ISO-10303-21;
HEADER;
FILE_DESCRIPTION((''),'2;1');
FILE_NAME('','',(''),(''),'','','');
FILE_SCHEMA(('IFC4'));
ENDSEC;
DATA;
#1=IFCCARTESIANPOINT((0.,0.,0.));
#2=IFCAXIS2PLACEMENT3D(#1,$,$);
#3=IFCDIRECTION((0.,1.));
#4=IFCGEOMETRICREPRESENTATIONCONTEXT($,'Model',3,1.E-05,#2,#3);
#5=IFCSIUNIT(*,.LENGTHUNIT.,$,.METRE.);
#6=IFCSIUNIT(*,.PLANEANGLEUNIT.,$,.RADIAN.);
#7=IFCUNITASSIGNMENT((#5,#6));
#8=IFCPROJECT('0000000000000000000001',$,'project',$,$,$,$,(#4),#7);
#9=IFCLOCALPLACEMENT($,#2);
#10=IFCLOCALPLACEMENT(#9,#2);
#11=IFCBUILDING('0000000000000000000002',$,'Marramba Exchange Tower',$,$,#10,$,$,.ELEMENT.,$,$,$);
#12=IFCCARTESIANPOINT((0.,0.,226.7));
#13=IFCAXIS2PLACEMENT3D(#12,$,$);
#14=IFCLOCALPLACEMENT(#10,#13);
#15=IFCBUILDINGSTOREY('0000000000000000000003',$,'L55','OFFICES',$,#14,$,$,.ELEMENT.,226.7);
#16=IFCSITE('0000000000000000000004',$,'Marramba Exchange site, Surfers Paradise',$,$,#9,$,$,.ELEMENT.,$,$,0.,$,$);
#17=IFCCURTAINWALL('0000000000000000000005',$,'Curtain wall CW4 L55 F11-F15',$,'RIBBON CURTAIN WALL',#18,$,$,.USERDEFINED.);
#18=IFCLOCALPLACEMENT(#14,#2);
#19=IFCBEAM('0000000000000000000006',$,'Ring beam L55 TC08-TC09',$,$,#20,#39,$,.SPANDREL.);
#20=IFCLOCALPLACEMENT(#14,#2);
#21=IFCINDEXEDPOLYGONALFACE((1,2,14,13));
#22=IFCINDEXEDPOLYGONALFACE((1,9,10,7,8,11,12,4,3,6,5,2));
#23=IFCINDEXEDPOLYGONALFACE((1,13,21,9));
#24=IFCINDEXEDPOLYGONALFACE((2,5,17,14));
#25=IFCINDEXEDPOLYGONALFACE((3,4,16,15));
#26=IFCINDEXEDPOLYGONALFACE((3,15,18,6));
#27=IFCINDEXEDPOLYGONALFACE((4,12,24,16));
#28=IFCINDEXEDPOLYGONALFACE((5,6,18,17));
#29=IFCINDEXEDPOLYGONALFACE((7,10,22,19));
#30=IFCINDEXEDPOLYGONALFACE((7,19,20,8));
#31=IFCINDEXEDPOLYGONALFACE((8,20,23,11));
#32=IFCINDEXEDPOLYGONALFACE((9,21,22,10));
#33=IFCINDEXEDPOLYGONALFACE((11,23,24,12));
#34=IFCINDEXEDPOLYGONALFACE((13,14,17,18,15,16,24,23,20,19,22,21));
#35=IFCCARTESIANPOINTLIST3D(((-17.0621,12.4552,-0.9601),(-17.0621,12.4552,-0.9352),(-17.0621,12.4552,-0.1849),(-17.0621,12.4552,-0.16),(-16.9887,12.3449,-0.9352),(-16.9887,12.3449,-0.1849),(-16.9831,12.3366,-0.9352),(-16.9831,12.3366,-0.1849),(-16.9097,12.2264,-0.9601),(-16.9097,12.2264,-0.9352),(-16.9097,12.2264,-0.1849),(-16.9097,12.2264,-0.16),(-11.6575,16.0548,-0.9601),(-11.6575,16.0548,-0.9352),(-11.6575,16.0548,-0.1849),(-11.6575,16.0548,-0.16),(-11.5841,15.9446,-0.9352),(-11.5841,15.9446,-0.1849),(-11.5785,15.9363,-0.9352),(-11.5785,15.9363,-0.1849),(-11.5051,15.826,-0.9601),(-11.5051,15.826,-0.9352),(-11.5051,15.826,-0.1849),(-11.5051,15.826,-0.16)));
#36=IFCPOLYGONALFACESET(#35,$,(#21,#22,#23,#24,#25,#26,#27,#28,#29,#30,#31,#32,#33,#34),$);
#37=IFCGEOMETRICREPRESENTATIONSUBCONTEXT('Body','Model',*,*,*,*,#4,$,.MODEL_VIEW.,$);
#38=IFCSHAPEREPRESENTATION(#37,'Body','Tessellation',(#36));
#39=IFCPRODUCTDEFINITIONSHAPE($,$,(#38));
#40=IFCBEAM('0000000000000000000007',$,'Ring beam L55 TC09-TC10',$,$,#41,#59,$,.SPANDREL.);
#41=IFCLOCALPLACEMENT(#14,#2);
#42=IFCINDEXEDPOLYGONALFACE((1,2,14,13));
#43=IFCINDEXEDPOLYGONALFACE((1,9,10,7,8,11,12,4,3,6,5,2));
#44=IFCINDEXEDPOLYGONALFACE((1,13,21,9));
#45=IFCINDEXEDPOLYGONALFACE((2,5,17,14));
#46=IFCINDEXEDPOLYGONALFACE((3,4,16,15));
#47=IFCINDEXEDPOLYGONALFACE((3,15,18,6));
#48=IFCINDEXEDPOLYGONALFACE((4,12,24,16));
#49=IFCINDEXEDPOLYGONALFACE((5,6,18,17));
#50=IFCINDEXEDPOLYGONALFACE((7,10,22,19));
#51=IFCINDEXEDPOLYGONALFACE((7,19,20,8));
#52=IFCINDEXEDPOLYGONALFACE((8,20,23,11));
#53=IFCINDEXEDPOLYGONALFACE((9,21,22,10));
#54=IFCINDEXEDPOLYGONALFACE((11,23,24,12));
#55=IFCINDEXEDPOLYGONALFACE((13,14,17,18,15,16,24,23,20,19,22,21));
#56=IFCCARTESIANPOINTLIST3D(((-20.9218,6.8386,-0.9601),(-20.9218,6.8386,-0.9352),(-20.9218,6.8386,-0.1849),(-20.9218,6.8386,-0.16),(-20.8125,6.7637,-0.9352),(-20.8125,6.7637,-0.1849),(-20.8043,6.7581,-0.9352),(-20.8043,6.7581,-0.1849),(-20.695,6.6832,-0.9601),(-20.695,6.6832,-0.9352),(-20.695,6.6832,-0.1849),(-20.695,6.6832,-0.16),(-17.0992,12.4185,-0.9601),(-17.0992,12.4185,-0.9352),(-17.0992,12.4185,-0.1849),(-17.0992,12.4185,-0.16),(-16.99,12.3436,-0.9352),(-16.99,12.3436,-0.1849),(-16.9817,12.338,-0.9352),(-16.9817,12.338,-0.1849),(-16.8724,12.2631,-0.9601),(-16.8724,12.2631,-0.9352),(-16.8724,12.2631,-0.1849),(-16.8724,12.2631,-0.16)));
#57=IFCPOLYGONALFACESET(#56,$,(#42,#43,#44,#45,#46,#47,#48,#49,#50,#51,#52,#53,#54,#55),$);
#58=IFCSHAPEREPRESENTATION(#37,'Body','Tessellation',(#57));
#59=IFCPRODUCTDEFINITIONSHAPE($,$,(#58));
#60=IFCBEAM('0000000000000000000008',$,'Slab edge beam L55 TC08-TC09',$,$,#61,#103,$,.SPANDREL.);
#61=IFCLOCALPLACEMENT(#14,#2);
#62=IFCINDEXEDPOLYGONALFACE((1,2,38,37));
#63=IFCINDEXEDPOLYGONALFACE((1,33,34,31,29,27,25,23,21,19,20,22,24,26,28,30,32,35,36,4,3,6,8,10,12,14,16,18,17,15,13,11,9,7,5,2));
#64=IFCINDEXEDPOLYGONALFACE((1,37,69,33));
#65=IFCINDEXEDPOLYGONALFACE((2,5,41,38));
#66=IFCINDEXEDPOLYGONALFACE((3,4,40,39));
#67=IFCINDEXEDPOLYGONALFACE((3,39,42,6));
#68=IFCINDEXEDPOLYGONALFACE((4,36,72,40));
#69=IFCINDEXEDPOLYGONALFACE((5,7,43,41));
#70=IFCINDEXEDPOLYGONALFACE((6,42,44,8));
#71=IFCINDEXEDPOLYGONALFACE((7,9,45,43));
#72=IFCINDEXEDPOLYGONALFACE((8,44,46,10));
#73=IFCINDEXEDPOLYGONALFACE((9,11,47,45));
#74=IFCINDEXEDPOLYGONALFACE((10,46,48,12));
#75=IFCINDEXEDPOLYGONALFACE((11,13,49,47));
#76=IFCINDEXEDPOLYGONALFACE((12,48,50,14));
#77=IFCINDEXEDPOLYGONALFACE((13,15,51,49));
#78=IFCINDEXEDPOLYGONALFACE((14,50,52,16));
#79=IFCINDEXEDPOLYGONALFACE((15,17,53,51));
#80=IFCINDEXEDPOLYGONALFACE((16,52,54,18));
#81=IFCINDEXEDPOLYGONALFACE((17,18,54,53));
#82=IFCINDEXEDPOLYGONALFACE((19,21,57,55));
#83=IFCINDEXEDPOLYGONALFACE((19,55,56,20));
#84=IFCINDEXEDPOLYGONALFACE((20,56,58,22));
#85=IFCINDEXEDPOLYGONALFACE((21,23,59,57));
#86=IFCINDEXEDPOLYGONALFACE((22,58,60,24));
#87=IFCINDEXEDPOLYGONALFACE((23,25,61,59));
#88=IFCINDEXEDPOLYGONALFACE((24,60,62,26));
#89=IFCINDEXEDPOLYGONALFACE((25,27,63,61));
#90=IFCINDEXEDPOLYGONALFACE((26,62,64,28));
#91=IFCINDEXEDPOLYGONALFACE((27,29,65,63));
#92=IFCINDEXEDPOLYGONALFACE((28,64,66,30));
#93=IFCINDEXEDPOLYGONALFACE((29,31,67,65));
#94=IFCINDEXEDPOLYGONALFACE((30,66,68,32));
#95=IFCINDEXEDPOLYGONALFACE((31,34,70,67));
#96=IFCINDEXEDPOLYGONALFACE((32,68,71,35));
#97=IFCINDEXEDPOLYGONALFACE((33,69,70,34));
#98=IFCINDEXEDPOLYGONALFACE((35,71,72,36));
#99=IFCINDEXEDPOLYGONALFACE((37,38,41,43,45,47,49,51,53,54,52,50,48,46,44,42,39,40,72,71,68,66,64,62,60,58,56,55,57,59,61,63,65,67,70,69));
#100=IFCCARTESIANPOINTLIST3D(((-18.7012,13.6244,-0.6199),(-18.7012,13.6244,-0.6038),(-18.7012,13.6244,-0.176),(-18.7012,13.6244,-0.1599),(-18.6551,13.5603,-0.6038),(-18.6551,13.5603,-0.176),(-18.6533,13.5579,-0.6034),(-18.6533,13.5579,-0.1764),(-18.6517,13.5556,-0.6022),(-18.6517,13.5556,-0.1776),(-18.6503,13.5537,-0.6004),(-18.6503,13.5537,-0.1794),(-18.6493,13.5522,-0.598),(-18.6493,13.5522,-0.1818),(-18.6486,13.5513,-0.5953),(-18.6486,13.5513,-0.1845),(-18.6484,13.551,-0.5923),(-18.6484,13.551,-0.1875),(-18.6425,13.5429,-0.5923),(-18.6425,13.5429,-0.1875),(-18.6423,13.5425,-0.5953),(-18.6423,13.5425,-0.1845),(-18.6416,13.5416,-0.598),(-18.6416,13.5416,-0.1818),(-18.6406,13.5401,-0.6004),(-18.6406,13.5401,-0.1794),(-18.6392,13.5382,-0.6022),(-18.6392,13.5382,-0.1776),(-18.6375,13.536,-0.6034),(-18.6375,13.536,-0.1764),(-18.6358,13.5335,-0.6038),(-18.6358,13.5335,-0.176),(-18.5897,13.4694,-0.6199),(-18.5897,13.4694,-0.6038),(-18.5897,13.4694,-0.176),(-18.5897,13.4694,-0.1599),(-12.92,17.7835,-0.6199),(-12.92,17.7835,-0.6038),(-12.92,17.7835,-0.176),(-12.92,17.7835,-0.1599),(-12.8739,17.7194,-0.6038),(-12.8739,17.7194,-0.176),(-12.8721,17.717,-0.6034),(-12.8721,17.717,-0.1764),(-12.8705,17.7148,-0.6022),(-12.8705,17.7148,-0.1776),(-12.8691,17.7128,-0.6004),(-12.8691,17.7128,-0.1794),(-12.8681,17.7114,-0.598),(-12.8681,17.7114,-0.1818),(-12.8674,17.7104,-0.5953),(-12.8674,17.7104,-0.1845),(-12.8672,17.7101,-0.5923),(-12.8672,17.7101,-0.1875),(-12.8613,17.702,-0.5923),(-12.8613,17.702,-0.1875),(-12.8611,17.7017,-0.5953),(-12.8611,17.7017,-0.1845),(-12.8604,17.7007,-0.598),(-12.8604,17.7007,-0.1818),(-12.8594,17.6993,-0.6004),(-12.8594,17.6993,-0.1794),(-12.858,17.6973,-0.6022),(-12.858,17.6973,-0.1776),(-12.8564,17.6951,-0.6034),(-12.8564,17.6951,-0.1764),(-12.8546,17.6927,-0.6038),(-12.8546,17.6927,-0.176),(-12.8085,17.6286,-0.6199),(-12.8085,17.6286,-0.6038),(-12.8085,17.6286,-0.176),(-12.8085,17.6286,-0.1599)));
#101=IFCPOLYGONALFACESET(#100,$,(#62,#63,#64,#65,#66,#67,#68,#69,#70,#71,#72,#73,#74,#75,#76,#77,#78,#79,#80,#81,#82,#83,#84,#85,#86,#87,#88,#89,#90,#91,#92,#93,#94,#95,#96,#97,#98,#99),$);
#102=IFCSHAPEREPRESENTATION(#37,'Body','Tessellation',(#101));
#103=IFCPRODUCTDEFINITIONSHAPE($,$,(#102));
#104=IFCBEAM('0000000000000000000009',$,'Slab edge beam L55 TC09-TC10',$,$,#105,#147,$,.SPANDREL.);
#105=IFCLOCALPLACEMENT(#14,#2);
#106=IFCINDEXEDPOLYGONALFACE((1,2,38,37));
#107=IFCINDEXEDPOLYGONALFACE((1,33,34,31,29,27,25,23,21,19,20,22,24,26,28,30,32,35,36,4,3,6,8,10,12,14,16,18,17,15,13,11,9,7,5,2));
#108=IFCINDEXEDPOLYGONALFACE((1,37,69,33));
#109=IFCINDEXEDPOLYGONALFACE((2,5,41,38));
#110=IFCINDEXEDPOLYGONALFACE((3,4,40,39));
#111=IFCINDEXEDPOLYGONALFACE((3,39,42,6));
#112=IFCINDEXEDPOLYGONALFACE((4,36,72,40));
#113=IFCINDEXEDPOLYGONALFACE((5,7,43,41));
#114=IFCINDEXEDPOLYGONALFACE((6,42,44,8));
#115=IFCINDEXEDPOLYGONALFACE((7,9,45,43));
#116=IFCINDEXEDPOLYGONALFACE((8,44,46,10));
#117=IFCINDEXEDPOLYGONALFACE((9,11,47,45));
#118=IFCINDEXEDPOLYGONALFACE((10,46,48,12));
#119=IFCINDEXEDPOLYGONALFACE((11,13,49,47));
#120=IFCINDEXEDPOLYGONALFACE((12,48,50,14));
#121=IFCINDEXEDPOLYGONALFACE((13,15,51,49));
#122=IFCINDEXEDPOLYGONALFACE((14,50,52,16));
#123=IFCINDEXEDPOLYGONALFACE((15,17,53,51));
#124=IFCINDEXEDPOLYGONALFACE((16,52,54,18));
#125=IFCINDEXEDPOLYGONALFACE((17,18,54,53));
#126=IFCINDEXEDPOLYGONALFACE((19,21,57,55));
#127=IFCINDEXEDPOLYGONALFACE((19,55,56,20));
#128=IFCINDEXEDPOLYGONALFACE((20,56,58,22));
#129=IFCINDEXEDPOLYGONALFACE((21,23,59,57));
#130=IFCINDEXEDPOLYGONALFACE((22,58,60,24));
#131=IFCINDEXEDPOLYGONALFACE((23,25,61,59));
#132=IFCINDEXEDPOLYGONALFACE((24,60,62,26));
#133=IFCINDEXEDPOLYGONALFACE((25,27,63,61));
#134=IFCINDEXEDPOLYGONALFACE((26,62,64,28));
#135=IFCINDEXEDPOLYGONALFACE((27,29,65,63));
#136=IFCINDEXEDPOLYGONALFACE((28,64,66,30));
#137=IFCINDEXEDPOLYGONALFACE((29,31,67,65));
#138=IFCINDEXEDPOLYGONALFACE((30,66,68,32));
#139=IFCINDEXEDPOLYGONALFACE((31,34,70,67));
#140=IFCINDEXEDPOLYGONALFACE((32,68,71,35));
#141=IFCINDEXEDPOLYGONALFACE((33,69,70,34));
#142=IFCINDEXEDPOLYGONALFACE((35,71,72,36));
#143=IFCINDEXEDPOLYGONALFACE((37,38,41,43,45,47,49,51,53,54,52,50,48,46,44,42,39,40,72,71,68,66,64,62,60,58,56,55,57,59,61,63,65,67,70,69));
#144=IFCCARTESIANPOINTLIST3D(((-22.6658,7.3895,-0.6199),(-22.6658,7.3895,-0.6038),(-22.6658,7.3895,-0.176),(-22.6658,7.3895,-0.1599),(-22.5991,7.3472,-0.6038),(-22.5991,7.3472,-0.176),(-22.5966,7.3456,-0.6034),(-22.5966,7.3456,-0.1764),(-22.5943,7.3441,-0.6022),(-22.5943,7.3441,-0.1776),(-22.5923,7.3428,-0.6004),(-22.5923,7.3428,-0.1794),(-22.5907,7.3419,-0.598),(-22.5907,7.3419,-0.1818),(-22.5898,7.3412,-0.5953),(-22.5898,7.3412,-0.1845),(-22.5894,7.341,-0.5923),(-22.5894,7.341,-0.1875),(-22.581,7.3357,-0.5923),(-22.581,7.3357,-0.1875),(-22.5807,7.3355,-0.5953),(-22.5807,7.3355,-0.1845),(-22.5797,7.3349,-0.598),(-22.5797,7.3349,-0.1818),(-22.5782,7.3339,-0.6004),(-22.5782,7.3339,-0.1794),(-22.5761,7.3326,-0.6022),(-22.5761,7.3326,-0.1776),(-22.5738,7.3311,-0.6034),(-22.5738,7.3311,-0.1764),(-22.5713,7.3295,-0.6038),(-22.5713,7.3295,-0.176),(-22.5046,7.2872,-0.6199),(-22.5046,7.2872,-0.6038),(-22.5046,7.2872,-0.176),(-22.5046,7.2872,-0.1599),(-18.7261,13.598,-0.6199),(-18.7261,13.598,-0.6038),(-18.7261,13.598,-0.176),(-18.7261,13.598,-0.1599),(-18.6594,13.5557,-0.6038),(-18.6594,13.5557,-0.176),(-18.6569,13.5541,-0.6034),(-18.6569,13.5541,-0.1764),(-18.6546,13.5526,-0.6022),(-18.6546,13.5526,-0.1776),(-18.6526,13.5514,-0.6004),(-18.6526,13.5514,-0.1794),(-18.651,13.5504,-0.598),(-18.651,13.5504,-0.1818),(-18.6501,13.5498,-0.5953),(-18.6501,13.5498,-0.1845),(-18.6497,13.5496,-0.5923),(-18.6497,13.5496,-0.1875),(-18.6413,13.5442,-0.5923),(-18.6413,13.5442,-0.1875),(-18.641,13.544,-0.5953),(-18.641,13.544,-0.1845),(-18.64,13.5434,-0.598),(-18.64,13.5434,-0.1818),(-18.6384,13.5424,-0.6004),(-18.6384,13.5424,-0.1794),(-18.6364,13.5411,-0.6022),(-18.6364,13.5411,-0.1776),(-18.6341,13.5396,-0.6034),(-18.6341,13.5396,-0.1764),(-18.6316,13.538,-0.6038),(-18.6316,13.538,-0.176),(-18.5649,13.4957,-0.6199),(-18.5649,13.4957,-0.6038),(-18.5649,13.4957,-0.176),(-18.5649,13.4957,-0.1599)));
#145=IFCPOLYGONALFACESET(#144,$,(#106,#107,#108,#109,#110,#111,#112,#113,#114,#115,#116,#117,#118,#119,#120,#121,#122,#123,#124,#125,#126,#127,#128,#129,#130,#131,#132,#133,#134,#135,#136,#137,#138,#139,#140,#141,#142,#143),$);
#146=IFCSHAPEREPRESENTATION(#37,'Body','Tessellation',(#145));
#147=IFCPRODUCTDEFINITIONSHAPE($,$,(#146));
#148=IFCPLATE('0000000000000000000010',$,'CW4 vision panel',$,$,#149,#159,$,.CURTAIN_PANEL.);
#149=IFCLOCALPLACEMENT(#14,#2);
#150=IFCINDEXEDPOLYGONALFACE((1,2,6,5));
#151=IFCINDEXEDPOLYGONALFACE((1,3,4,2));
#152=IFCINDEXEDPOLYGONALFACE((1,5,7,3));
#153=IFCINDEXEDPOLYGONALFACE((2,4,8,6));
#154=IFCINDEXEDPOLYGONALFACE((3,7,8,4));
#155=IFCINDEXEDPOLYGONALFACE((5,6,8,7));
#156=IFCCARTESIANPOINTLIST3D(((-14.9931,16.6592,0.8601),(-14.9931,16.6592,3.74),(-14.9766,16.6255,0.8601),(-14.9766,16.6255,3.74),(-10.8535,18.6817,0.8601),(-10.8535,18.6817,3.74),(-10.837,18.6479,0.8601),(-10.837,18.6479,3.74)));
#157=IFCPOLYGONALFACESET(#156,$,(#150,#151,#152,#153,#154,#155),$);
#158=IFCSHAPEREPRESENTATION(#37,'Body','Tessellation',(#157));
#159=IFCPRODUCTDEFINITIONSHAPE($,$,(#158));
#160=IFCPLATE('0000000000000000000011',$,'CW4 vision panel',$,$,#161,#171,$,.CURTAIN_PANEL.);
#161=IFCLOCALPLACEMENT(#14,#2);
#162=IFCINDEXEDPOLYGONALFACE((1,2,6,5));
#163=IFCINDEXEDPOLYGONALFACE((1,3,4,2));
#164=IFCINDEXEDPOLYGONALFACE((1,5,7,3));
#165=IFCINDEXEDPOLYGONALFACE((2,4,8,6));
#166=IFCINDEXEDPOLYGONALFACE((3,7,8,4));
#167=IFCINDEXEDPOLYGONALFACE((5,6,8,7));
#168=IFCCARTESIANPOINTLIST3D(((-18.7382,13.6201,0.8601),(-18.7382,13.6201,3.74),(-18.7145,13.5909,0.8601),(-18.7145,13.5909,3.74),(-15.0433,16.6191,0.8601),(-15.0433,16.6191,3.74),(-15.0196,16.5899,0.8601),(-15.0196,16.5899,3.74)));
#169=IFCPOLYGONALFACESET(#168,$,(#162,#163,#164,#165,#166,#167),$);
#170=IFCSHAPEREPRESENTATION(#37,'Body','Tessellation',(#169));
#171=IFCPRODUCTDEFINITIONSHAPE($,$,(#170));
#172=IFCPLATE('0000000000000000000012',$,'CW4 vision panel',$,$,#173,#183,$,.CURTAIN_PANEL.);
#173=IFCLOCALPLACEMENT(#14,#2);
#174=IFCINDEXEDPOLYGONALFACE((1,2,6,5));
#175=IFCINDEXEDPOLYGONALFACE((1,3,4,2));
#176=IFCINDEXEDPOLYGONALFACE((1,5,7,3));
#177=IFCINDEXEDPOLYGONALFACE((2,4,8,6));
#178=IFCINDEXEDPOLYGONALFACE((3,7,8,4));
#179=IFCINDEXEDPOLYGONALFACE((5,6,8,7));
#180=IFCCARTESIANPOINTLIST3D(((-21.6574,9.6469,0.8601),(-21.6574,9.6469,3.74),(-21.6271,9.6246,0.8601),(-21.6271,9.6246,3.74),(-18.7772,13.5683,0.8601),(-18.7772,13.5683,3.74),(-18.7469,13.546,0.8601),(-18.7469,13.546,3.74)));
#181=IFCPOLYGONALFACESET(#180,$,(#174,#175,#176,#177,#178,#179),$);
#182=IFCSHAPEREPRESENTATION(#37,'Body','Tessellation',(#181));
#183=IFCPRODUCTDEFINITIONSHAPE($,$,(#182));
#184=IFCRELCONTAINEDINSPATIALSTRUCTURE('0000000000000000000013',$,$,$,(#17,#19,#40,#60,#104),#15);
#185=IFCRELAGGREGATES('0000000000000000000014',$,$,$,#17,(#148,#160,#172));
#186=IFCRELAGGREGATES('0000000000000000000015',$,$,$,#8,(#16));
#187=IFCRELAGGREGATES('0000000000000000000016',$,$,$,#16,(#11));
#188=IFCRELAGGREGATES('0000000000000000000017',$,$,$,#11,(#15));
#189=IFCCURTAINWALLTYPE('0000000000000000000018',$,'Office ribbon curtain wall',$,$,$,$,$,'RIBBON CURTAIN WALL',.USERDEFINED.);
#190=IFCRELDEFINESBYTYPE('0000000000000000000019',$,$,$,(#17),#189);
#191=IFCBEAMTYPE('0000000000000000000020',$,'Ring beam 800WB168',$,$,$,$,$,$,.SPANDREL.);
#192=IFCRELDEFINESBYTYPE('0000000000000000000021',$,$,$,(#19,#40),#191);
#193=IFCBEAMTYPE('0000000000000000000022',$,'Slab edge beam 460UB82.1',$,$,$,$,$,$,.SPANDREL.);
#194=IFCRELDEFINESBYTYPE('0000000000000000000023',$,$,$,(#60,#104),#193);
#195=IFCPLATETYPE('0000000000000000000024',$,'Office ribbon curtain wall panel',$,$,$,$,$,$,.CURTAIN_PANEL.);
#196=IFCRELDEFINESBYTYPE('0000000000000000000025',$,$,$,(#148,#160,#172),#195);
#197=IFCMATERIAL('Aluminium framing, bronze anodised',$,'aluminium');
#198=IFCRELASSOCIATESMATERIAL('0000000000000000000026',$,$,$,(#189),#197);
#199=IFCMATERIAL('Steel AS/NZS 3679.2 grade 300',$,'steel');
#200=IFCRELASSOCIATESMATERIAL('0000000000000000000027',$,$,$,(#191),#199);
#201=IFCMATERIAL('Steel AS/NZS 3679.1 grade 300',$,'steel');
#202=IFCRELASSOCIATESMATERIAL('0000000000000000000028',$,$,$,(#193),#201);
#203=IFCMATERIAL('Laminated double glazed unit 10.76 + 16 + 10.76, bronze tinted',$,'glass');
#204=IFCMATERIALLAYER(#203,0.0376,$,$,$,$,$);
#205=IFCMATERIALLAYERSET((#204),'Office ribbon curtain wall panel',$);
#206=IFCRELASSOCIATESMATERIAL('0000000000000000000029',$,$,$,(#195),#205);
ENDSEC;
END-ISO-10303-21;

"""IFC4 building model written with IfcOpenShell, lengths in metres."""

from ifc_helpers import new_model, si_unit, direction, frame, origin, origin_2d, place, context, subcontext, project, spatial, rectangle, i_section, extrude, material, layer, layer_set, material_profile, profile_set, type_object, element, aggregate, save


model = new_model("IFC4")

# Units and contexts
model_context = context("Model", 3, precision=1e-05, world=origin(), true_north=direction((0.0, 1.0)))
body_context = subcontext(model_context, "Body", "Model", "MODEL_VIEW")
ifc_project = project(units=[si_unit("LENGTHUNIT", "METRE"), si_unit("PLANEANGLEUNIT", "RADIAN")], contexts=[model_context])

# Site, building, storey
site_placement = place(None, origin())
site = spatial("IfcSite", under=ifc_project, at=site_placement, Name="Marramba Exchange site, Surfers Paradise", CompositionType="ELEMENT", RefElevation=0.0)
building_placement = place(site_placement, origin())
building = spatial("IfcBuilding", under=site, at=building_placement, Name="Marramba Exchange Tower", CompositionType="ELEMENT")
storey_placement = place(building_placement, frame((0.0, 0.0, 226.7)))
storey = spatial("IfcBuildingStorey", under=building, at=storey_placement, Name="L55", Description="OFFICES", CompositionType="ELEMENT", Elevation=226.7)

# Shared definitions
ifc_material_1 = material(Name="Steel AS/NZS 3679.2 grade 300", Category="steel")
ifc_material_2 = material(Name="Steel AS/NZS 3679.1 grade 300", Category="steel")

# Curtain wall
ifc_material_3 = material(Name="Aluminium framing, bronze anodised", Category="aluminium")
curtain_wall_type = type_object("IfcCurtainWallType", Name="Office ribbon curtain wall", ElementType="RIBBON CURTAIN WALL", PredefinedType="USERDEFINED", material=ifc_material_3)
curtain_wall_placement = place(storey_placement, origin())
curtain_wall = element("IfcCurtainWall", 1, at=curtain_wall_placement, inside=storey, type_object=curtain_wall_type, Name="Curtain wall CW4 L55 F11-F15", ObjectType="RIBBON CURTAIN WALL", PredefinedType="USERDEFINED")

# Beams
ifc_material_profile_1 = material_profile(ifc_material_1, i_section(OverallWidth=0.2749, OverallDepth=0.8, WebThickness=0.01, FlangeThickness=0.0249, at=origin_2d()), Name="800WB168")
ifc_profile_set_1 = profile_set([ifc_material_profile_1], Name="Steel AS/NZS 3679.2 grade 300")
beam_type_1 = type_object("IfcBeamType", Name="Ring beam 800WB168", PredefinedType="SPANDREL", material=ifc_profile_set_1)
beam_1_placement = place(storey_placement, frame((-11.5813, 15.9404, -0.5601), z_axis=(-0.832293, -0.554336, 0.0), x_axis=(0.554336, -0.832293, 0.0)))
element("IfcBeam", 2, at=beam_1_placement, inside=storey, type_object=beam_type_1, Name="Ring beam L55 TC08-TC09", PredefinedType="SPANDREL", context=body_context, shape_type="SweptSolid", body=[
    extrude(i_section(OverallWidth=0.2749, OverallDepth=0.8, WebThickness=0.01, FlangeThickness=0.0249, at=origin_2d()), origin(), (0.0, 0.0, 1.0), 6.4937),
])
beam_2_placement = place(storey_placement, frame((-16.9858, 12.3408, -0.5601), z_axis=(-0.56516, -0.824981, 0.0), x_axis=(0.824981, -0.56516, 0.0)))
element("IfcBeam", 3, at=beam_2_placement, inside=storey, type_object=beam_type_1, Name="Ring beam L55 TC09-TC10", PredefinedType="SPANDREL", context=body_context, shape_type="SweptSolid", body=[
    extrude(i_section(OverallWidth=0.2749, OverallDepth=0.8, WebThickness=0.01, FlangeThickness=0.0249, at=origin_2d()), origin(), (0.0, 0.0, 1.0), 6.7637),
])
ifc_material_profile_2 = material_profile(ifc_material_2, i_section(OverallWidth=0.1909, OverallDepth=0.46, WebThickness=0.01, FlangeThickness=0.0161, FilletRadius=0.0115, at=origin_2d()), Name="460UB82.1")
ifc_profile_set_2 = profile_set([ifc_material_profile_2], Name="Steel AS/NZS 3679.1 grade 300")
beam_type_2 = type_object("IfcBeamType", Name="Slab edge beam 460UB82.1", PredefinedType="SPANDREL", material=ifc_profile_set_2)
beam_3_placement = place(storey_placement, frame((-12.8643, 17.7061, -0.3899), z_axis=(-0.811755, -0.583998, 0.0), x_axis=(0.583998, -0.811755, 0.0)))
element("IfcBeam", 4, at=beam_3_placement, inside=storey, type_object=beam_type_2, Name="Slab edge beam L55 TC08-TC09", PredefinedType="SPANDREL", context=body_context, shape_type="SweptSolid", body=[
    extrude(i_section(OverallWidth=0.1909, OverallDepth=0.46, WebThickness=0.01, FlangeThickness=0.0161, FilletRadius=0.0115, at=origin_2d()), origin(), (0.0, 0.0, 1.0), 7.1218),
])
beam_4_placement = place(storey_placement, frame((-18.6455, 13.5469, -0.3899), z_axis=(-0.535794, -0.844348, 0.0), x_axis=(0.844348, -0.535794, 0.0)))
element("IfcBeam", 5, at=beam_4_placement, inside=storey, type_object=beam_type_2, Name="Slab edge beam L55 TC09-TC10", PredefinedType="SPANDREL", context=body_context, shape_type="SweptSolid", body=[
    extrude(i_section(OverallWidth=0.1909, OverallDepth=0.46, WebThickness=0.01, FlangeThickness=0.0161, FilletRadius=0.0115, at=origin_2d()), origin(), (0.0, 0.0, 1.0), 7.353),
])

# Plates
ifc_material_4 = material(Name="Laminated double glazed unit 10.76 + 16 + 10.76, bronze tinted", Category="glass")
ifc_layer_1 = layer(ifc_material_4, 0.0376)
ifc_layer_set_1 = layer_set([ifc_layer_1], Name="Office ribbon curtain wall panel")
plate_type = type_object("IfcPlateType", Name="Office ribbon curtain wall panel", PredefinedType="CURTAIN_PANEL", material=ifc_layer_set_1)
plate_1_placement = place(storey_placement, frame((-12.915, 17.6536, 0.8601), z_axis=(0.0, 0.0, 1.0), x_axis=(-0.898501, -0.438972, 0.0)))
plate_1 = element("IfcPlate", 6, at=plate_1_placement, type_object=plate_type, Name="CW4 vision panel", PredefinedType="CURTAIN_PANEL", context=body_context, shape_type="SweptSolid", body=[
    extrude(rectangle(XDim=4.6072, YDim=0.0376, at=origin_2d()), origin(), (0.0, 0.0, 1.0), 2.8799),
])
plate_2_placement = place(storey_placement, frame((-16.8789, 15.105, 0.8601), z_axis=(0.0, 0.0, 1.0), x_axis=(-0.776432, -0.630201, 0.0)))
plate_2 = element("IfcPlate", 7, at=plate_2_placement, type_object=plate_type, Name="CW4 vision panel", PredefinedType="CURTAIN_PANEL", context=body_context, shape_type="SweptSolid", body=[
    extrude(rectangle(XDim=4.7588, YDim=0.0376, at=origin_2d()), origin(), (0.0, 0.0, 1.0), 2.8799),
])
plate_3_placement = place(storey_placement, frame((-20.2021, 11.5964, 0.8601), z_axis=(0.0, 0.0, 1.0), x_axis=(-0.591963, -0.805965, 0.0)))
plate_3 = element("IfcPlate", 8, at=plate_3_placement, type_object=plate_type, Name="CW4 vision panel", PredefinedType="CURTAIN_PANEL", context=body_context, shape_type="SweptSolid", body=[
    extrude(rectangle(XDim=4.8655, YDim=0.0376, at=origin_2d()), origin(), (0.0, 0.0, 1.0), 2.8799),
])
aggregate(curtain_wall, [plate_1, plate_2, plate_3])

save(model, "model.ifc")
